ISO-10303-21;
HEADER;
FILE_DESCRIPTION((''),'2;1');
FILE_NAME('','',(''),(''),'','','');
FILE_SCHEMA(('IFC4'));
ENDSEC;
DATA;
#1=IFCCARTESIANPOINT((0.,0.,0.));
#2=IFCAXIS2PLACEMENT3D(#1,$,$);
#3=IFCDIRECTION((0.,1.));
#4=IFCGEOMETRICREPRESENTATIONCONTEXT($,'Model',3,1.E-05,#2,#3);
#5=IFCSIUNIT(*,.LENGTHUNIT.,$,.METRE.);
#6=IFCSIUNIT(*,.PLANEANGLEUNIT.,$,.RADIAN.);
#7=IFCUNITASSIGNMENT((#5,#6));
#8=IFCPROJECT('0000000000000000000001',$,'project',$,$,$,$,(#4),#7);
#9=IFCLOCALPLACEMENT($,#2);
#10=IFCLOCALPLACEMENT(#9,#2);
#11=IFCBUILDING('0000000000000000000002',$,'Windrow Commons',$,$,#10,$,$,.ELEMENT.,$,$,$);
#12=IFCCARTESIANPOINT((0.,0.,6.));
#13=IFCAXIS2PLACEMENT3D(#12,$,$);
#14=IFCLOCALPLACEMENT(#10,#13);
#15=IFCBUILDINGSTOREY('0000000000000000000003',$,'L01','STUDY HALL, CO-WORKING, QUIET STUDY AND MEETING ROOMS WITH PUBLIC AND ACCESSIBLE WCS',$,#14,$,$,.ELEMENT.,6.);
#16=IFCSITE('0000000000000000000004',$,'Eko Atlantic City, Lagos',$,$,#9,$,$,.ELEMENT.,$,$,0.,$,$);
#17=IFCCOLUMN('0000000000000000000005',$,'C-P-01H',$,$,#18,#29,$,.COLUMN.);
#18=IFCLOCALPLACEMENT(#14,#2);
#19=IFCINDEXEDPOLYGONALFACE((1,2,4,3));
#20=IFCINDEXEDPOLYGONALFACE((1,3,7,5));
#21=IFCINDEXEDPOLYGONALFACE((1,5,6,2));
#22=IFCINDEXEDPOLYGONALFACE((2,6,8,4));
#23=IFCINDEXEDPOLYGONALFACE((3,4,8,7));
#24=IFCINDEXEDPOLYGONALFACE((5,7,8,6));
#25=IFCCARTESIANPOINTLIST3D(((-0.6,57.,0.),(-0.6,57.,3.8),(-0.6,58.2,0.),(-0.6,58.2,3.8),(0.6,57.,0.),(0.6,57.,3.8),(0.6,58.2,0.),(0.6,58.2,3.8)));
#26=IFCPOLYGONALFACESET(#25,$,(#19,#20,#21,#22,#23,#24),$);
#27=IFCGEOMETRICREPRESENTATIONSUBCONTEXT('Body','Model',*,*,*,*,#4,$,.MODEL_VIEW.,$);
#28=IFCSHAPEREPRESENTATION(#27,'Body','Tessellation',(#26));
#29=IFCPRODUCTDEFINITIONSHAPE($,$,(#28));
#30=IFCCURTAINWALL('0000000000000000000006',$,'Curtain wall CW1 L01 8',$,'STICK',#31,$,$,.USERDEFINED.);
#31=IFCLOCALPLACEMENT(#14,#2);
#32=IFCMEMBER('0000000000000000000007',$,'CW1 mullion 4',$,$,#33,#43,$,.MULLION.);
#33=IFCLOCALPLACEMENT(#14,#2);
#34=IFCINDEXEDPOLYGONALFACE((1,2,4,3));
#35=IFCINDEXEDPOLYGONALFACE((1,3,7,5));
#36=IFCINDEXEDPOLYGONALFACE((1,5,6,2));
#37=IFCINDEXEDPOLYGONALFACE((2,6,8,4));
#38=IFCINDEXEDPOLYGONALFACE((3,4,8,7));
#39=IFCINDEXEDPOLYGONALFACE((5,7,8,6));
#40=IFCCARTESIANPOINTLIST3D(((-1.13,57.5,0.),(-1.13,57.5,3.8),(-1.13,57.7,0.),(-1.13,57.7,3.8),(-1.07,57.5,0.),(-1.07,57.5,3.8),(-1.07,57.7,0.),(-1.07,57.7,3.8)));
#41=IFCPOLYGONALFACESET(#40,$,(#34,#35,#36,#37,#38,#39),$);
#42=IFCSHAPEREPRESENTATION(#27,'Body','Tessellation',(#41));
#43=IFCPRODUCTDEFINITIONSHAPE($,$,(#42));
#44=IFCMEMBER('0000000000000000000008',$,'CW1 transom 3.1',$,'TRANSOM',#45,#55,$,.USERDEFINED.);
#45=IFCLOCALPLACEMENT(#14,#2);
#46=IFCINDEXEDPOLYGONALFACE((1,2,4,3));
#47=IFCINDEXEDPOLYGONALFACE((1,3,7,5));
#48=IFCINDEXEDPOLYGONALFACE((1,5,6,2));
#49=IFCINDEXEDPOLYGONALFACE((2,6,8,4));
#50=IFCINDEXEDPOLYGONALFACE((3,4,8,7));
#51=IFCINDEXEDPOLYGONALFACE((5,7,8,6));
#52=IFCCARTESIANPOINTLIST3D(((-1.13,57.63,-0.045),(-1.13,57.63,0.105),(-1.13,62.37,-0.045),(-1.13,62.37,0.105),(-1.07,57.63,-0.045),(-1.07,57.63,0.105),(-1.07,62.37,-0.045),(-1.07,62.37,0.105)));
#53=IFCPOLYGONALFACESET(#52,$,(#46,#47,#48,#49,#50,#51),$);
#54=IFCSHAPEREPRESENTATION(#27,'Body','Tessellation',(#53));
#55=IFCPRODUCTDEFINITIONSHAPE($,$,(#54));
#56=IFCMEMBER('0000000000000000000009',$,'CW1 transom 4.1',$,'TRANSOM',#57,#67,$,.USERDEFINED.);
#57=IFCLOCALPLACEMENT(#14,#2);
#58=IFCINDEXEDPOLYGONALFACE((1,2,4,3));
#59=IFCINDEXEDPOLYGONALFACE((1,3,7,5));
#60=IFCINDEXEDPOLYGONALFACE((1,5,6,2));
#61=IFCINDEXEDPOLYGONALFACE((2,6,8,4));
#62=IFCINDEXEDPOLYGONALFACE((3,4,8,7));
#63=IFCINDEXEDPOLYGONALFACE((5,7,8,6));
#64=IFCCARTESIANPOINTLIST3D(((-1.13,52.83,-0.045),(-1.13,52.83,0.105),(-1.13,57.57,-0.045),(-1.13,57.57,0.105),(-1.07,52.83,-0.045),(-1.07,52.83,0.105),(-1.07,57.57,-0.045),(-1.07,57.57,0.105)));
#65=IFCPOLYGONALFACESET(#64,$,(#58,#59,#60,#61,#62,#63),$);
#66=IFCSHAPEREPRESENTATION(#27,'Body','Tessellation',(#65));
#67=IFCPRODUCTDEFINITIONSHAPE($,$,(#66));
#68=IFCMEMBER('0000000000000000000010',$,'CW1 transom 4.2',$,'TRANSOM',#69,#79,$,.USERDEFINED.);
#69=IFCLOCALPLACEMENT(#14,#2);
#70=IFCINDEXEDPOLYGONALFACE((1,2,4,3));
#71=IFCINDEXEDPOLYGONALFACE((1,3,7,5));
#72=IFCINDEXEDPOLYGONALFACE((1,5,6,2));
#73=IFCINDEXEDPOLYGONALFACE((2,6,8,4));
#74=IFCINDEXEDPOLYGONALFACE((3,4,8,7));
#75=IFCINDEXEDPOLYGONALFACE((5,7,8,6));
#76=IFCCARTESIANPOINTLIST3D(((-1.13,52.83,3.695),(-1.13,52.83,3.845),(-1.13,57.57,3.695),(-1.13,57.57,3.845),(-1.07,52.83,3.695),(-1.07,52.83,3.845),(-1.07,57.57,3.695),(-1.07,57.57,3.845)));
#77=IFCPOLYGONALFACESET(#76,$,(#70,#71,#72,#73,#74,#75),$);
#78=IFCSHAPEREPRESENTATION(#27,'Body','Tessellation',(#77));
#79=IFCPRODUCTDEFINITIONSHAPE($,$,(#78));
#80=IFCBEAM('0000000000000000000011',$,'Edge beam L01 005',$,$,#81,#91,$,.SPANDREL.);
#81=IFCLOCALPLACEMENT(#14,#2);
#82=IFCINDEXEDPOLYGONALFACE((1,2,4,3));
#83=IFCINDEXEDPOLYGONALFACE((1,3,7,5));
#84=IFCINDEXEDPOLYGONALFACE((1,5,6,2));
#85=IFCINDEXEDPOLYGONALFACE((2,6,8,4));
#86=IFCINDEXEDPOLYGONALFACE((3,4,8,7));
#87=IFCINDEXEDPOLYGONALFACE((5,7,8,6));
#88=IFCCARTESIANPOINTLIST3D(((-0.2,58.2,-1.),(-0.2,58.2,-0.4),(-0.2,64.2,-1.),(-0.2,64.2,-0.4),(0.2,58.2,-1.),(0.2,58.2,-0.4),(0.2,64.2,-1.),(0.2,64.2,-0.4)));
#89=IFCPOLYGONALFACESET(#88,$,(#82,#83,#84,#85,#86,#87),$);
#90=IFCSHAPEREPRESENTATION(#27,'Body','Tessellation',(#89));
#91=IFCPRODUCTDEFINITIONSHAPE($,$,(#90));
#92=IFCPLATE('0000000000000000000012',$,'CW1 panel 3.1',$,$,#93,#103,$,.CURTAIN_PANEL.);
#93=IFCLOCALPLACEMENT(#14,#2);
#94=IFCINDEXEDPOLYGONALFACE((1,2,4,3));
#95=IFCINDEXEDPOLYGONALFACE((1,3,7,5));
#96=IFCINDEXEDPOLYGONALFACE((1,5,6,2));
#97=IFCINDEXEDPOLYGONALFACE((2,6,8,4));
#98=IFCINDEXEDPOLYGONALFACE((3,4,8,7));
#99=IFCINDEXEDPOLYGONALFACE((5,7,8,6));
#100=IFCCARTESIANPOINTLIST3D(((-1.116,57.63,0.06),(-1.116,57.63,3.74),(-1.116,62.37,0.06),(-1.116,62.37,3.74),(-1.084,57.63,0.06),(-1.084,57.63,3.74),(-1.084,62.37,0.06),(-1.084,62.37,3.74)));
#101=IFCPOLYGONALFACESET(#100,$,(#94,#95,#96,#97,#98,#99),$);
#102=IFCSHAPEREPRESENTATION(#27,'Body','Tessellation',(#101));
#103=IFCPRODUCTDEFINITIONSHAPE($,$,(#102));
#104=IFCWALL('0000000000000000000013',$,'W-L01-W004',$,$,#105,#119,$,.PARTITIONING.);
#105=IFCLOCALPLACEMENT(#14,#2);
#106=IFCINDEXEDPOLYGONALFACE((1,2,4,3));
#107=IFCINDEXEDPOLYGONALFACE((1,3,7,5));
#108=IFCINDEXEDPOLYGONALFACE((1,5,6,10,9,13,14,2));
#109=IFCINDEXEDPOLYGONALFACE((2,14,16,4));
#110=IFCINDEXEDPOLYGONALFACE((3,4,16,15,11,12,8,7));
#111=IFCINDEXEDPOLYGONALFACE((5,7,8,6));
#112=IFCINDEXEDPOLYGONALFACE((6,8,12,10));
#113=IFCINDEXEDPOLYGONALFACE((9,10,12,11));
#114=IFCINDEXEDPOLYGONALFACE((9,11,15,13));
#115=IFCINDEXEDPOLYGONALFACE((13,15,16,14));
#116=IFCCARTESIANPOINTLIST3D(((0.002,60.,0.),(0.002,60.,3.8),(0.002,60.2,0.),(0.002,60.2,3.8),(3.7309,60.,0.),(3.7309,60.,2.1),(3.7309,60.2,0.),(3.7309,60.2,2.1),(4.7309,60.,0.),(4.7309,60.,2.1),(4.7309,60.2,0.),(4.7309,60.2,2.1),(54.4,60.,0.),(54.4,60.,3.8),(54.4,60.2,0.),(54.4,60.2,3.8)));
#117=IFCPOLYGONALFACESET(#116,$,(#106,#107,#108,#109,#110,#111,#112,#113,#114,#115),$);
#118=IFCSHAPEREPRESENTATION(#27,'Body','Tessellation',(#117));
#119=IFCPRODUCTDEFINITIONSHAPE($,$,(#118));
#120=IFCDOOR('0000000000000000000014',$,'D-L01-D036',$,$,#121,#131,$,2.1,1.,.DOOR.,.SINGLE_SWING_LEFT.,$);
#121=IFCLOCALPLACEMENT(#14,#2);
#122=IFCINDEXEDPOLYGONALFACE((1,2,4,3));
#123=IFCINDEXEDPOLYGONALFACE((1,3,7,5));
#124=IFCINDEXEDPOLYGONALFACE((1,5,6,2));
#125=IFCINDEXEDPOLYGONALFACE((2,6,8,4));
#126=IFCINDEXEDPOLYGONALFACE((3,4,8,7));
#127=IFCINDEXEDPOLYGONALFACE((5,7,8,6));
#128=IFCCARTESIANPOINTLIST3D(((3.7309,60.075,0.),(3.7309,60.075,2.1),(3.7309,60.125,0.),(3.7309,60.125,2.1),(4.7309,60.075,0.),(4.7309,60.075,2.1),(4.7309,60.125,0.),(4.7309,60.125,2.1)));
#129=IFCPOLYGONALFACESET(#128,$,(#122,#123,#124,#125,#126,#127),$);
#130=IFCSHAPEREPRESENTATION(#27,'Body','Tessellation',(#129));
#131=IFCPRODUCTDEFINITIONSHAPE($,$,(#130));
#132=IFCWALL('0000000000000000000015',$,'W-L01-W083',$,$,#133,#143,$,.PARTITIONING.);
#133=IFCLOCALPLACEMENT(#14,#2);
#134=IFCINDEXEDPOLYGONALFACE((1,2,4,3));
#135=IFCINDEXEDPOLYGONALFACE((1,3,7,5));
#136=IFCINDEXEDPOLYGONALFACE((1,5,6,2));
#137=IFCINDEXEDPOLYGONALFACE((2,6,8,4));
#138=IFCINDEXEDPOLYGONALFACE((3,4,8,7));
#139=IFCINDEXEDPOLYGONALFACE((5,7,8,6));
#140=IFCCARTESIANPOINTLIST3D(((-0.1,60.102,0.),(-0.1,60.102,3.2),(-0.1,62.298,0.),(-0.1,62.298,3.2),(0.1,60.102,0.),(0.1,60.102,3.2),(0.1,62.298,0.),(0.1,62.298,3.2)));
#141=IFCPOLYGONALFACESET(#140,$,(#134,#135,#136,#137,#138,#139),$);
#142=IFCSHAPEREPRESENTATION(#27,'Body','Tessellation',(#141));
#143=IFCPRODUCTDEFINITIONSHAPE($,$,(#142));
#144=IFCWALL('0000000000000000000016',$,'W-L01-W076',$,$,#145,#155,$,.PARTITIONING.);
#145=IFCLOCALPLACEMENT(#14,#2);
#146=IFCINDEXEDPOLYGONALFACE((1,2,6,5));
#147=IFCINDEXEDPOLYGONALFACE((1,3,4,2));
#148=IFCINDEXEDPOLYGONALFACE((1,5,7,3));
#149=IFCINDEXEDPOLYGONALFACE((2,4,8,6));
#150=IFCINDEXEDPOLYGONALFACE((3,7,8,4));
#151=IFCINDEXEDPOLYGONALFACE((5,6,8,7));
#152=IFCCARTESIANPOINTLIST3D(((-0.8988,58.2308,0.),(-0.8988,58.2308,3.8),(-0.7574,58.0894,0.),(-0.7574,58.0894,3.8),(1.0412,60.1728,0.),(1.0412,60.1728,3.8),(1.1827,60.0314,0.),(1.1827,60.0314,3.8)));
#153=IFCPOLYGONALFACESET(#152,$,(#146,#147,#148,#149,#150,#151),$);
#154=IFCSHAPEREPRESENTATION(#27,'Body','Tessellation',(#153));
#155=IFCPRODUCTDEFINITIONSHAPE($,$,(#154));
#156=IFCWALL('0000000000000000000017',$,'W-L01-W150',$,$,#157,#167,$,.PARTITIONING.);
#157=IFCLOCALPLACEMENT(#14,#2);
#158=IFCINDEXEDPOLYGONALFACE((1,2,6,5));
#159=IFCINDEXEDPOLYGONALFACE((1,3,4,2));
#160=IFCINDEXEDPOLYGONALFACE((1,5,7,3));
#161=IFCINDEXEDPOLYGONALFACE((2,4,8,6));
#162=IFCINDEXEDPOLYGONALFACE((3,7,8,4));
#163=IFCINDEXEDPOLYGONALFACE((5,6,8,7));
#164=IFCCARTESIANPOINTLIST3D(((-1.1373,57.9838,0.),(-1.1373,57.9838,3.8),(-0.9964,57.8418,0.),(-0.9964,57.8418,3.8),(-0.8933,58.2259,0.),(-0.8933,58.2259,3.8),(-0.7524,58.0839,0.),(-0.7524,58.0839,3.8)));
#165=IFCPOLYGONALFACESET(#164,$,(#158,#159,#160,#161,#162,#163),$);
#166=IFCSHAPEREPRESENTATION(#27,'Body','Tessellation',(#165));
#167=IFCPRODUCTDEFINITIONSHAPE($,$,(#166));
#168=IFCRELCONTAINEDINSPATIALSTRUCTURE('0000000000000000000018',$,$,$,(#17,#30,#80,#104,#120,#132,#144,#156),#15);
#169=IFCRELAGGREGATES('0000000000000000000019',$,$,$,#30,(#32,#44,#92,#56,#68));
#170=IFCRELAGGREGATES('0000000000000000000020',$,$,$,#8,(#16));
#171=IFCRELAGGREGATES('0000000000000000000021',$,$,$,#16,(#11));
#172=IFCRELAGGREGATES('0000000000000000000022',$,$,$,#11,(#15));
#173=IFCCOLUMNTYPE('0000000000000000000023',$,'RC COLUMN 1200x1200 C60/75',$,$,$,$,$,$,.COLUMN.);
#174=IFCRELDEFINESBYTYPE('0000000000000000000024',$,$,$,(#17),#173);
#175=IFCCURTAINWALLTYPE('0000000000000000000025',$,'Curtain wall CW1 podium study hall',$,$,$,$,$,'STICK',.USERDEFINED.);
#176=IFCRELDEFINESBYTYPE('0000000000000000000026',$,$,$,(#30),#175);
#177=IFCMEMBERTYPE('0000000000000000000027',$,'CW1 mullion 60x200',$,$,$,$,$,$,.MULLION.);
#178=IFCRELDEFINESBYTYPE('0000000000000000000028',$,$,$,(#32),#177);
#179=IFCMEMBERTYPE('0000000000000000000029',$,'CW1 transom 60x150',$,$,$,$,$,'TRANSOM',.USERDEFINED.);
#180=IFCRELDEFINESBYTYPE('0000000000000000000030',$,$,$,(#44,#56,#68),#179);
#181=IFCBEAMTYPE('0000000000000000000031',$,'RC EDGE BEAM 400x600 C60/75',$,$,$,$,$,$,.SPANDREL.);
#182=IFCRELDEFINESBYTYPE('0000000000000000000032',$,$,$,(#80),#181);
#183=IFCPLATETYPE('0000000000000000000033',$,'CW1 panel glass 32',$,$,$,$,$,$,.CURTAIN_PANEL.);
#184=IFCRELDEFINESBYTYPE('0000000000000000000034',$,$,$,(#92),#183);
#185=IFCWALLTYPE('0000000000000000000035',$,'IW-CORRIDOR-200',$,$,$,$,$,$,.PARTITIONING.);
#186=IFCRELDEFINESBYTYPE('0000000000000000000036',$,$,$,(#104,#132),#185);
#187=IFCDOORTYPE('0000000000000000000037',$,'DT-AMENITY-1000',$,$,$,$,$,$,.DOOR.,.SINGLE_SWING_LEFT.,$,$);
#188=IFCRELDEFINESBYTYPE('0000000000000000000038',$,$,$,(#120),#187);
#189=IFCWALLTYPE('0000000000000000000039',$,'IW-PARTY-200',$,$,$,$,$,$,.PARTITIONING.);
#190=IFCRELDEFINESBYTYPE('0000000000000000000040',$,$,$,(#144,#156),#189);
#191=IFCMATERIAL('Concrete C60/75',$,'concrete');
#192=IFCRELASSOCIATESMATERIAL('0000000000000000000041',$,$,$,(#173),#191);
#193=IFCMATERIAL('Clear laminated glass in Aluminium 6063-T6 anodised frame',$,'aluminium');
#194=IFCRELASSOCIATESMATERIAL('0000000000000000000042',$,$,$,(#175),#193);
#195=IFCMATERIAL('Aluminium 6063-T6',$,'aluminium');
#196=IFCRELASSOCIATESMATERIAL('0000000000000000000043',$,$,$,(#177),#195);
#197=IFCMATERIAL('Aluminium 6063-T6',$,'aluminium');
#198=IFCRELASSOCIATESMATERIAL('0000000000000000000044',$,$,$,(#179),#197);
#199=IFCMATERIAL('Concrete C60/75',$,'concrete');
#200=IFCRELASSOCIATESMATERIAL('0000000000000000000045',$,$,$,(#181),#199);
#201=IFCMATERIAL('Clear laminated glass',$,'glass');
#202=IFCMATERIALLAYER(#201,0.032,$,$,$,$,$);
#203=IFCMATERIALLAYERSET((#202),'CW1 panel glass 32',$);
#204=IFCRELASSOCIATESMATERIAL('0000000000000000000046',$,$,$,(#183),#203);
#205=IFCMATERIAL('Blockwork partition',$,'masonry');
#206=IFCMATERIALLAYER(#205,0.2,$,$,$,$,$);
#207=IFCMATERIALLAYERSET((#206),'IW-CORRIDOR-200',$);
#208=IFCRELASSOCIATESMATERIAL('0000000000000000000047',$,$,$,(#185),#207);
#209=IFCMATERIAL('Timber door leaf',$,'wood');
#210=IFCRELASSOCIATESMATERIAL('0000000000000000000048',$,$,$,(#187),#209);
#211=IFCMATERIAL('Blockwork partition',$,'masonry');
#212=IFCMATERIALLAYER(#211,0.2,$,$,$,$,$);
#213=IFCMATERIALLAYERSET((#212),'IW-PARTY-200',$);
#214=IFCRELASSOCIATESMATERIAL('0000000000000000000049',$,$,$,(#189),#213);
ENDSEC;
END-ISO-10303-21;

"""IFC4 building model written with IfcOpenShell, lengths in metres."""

from ifc_helpers import new_model, si_unit, direction, frame, frame_2d, origin, origin_2d, place, context, subcontext, project, spatial, rectangle, extrude, material, layer, layer_set, material_profile, profile_set, type_object, element, fill, aggregate, save


model = new_model("IFC4")

# Units and contexts
model_context = context("Model", 3, precision=1e-05, world=origin(), true_north=direction((0.0, 1.0)))
body_context = subcontext(model_context, "Body", "Model", "MODEL_VIEW")
ifc_project = project(units=[si_unit("LENGTHUNIT", "METRE"), si_unit("PLANEANGLEUNIT", "RADIAN")], contexts=[model_context])

# Site, building, storey
site_placement = place(None, origin())
site = spatial("IfcSite", under=ifc_project, at=site_placement, Name="Eko Atlantic City, Lagos", CompositionType="ELEMENT", RefElevation=0.0)
building_placement = place(site_placement, origin())
building = spatial("IfcBuilding", under=site, at=building_placement, Name="Windrow Commons", CompositionType="ELEMENT")
storey_placement = place(building_placement, frame((0.0, 0.0, 6.0)))
storey = spatial("IfcBuildingStorey", under=building, at=storey_placement, Name="L01", Description="STUDY HALL, CO-WORKING, QUIET STUDY AND MEETING ROOMS WITH PUBLIC AND ACCESSIBLE WCS", CompositionType="ELEMENT", Elevation=6.0)

# Column
ifc_material_1 = material(Name="Concrete C60/75", Category="concrete")
ifc_material_profile_1 = material_profile(ifc_material_1, rectangle(XDim=1.2, YDim=1.2, at=origin_2d()))
ifc_profile_set_1 = profile_set([ifc_material_profile_1], Name="Concrete C60/75")
column_type = type_object("IfcColumnType", Name="RC COLUMN 1200x1200 C60/75", PredefinedType="COLUMN", material=ifc_profile_set_1)
column_placement = place(storey_placement, frame((0.0, 57.6, 0.0), z_axis=(0.0, 0.0, 1.0), x_axis=(1.0, 0.0, 0.0)))
element("IfcColumn", 1, at=column_placement, inside=storey, type_object=column_type, Name="C-P-01H", PredefinedType="COLUMN", context=body_context, shape_type="SweptSolid", body=[
    extrude(rectangle(XDim=1.2, YDim=1.2, at=origin_2d()), origin(), (0.0, 0.0, 1.0), 3.8),
])

# Curtain wall, members
ifc_material_2 = material(Name="Clear laminated glass in Aluminium 6063-T6 anodised frame", Category="aluminium")
curtain_wall_type = type_object("IfcCurtainWallType", Name="Curtain wall CW1 podium study hall", ElementType="STICK", PredefinedType="USERDEFINED", material=ifc_material_2)
curtain_wall_placement = place(storey_placement, origin())
curtain_wall = element("IfcCurtainWall", 2, at=curtain_wall_placement, inside=storey, type_object=curtain_wall_type, Name="Curtain wall CW1 L01 8", ObjectType="STICK", PredefinedType="USERDEFINED")
ifc_material_3 = material(Name="Aluminium 6063-T6", Category="aluminium")
ifc_material_profile_2 = material_profile(ifc_material_3, rectangle(XDim=0.06, YDim=0.2, at=origin_2d()))
ifc_profile_set_2 = profile_set([ifc_material_profile_2], Name="Aluminium 6063-T6")
member_type_1 = type_object("IfcMemberType", Name="CW1 mullion 60x200", PredefinedType="MULLION", material=ifc_profile_set_2)
member_1_placement = place(storey_placement, frame((-1.1, 57.6, 0.0), z_axis=(0.0, 0.0, 1.0), x_axis=(1.0, 0.0, 0.0)))
member_1 = element("IfcMember", 3, at=member_1_placement, type_object=member_type_1, Name="CW1 mullion 4", PredefinedType="MULLION", context=body_context, shape_type="SweptSolid", body=[
    extrude(rectangle(XDim=0.06, YDim=0.2, at=origin_2d()), origin(), (0.0, 0.0, 1.0), 3.8),
])
ifc_material_4 = material(Name="Aluminium 6063-T6", Category="aluminium")
ifc_material_profile_3 = material_profile(ifc_material_4, rectangle(XDim=0.06, YDim=0.15, at=origin_2d()))
ifc_profile_set_3 = profile_set([ifc_material_profile_3], Name="Aluminium 6063-T6")
member_type_2 = type_object("IfcMemberType", Name="CW1 transom 60x150", ElementType="TRANSOM", PredefinedType="USERDEFINED", material=ifc_profile_set_3)
member_2_placement = place(storey_placement, frame((-1.1, 62.37, 0.03), z_axis=(0.0, -1.0, 0.0), x_axis=(1.0, 0.0, 0.0)))
member_2 = element("IfcMember", 4, at=member_2_placement, type_object=member_type_2, Name="CW1 transom 3.1", ObjectType="TRANSOM", PredefinedType="USERDEFINED", context=body_context, shape_type="SweptSolid", body=[
    extrude(rectangle(XDim=0.06, YDim=0.15, at=origin_2d()), origin(), (0.0, 0.0, 1.0), 4.74),
])
member_3_placement = place(storey_placement, frame((-1.1, 57.57, 0.03), z_axis=(0.0, -1.0, 0.0), x_axis=(1.0, 0.0, 0.0)))
member_3 = element("IfcMember", 5, at=member_3_placement, type_object=member_type_2, Name="CW1 transom 4.1", ObjectType="TRANSOM", PredefinedType="USERDEFINED", context=body_context, shape_type="SweptSolid", body=[
    extrude(rectangle(XDim=0.06, YDim=0.15, at=origin_2d()), origin(), (0.0, 0.0, 1.0), 4.74),
])
member_4_placement = place(storey_placement, frame((-1.1, 57.57, 3.77), z_axis=(0.0, -1.0, 0.0), x_axis=(1.0, 0.0, 0.0)))
member_4 = element("IfcMember", 6, at=member_4_placement, type_object=member_type_2, Name="CW1 transom 4.2", ObjectType="TRANSOM", PredefinedType="USERDEFINED", context=body_context, shape_type="SweptSolid", body=[
    extrude(rectangle(XDim=0.06, YDim=0.15, at=origin_2d()), origin(), (0.0, 0.0, 1.0), 4.74),
])

# Beam
ifc_material_5 = material(Name="Concrete C60/75", Category="concrete")
ifc_material_profile_4 = material_profile(ifc_material_5, rectangle(XDim=0.4, YDim=0.6, at=origin_2d()))
ifc_profile_set_4 = profile_set([ifc_material_profile_4], Name="Concrete C60/75")
beam_type = type_object("IfcBeamType", Name="RC EDGE BEAM 400x600 C60/75", PredefinedType="SPANDREL", material=ifc_profile_set_4)
beam_placement = place(storey_placement, frame((0.0, 58.2, -0.7), z_axis=(0.0, 1.0, 0.0), x_axis=(-1.0, 0.0, 0.0)))
element("IfcBeam", 7, at=beam_placement, inside=storey, type_object=beam_type, Name="Edge beam L01 005", PredefinedType="SPANDREL", context=body_context, shape_type="SweptSolid", body=[
    extrude(rectangle(XDim=0.4, YDim=0.6, at=origin_2d()), origin(), (0.0, 0.0, 1.0), 6.0),
])

# Plate
ifc_material_6 = material(Name="Clear laminated glass", Category="glass")
ifc_layer_1 = layer(ifc_material_6, 0.032)
ifc_layer_set_1 = layer_set([ifc_layer_1], Name="CW1 panel glass 32")
plate_type = type_object("IfcPlateType", Name="CW1 panel glass 32", PredefinedType="CURTAIN_PANEL", material=ifc_layer_set_1)
plate_placement = place(storey_placement, frame((-1.1, 60.0, 0.06), z_axis=(0.0, 0.0, 1.0), x_axis=(0.0, -1.0, 0.0)))
plate = element("IfcPlate", 8, at=plate_placement, type_object=plate_type, Name="CW1 panel 3.1", PredefinedType="CURTAIN_PANEL", context=body_context, shape_type="SweptSolid", body=[
    extrude(rectangle(XDim=4.74, YDim=0.032, at=origin_2d()), origin(), (0.0, 0.0, 1.0), 3.68),
])
aggregate(curtain_wall, [member_1, member_2, plate, member_3, member_4])

# Wall, opening, door
ifc_material_7 = material(Name="Blockwork partition", Category="masonry")
ifc_layer_2 = layer(ifc_material_7, 0.2)
ifc_layer_set_2 = layer_set([ifc_layer_2], Name="IW-CORRIDOR-200")
wall_type_1 = type_object("IfcWallType", Name="IW-CORRIDOR-200", PredefinedType="PARTITIONING", material=ifc_layer_set_2)
wall_1_placement = place(storey_placement, frame((0.002, 60.1, 0.0), z_axis=(0.0, 0.0, 1.0), x_axis=(1.0, 0.0, 0.0)))
wall_1 = element("IfcWall", 9, at=wall_1_placement, inside=storey, type_object=wall_type_1, Name="W-L01-W004", PredefinedType="PARTITIONING", context=body_context, shape_type="SweptSolid", body=[
    extrude(rectangle(XDim=54.398, YDim=0.2, at=frame_2d((27.199, 0.0))), origin(), (0.0, 0.0, 1.0), 3.8),
])
opening_1_placement = place(wall_1_placement, frame((3.7289, 0.0, 0.0)))
opening_1 = element("IfcOpeningElement", 10, at=opening_1_placement, cuts=wall_1, PredefinedType="OPENING", context=body_context, shape_type="SweptSolid", body=[
    extrude(rectangle(XDim=1.0, YDim=2.1, at=frame_2d((0.5, 1.05))), frame((0.0, 0.11, 0.0), z_axis=(0.0, -1.0, 0.0), x_axis=(1.0, 0.0, 0.0)), (0.0, 0.0, 1.0), 0.22),
])
ifc_material_8 = material(Name="Timber door leaf", Category="wood")
door_type = type_object("IfcDoorType", Name="DT-AMENITY-1000", OperationType="SINGLE_SWING_LEFT", PredefinedType="DOOR", material=ifc_material_8)
door_1_placement = place(opening_1_placement, origin())
door_1 = element("IfcDoor", 11, at=door_1_placement, inside=storey, type_object=door_type, Name="D-L01-D036", OperationType="SINGLE_SWING_LEFT", OverallHeight=2.1, OverallWidth=1.0, PredefinedType="DOOR", context=body_context, shape_type="SweptSolid", body=[
    extrude(rectangle(XDim=1.0, YDim=2.1, at=frame_2d((0.5, 1.05))), frame((0.0, 0.025, 0.0), z_axis=(0.0, -1.0, 0.0), x_axis=(1.0, 0.0, 0.0)), (0.0, 0.0, 1.0), 0.05),
])
fill(opening_1, door_1)

# Walls
wall_2_placement = place(storey_placement, frame((0.0, 60.102, 0.0), z_axis=(0.0, 0.0, 1.0), x_axis=(0.0, 1.0, 0.0)))
element("IfcWall", 12, at=wall_2_placement, inside=storey, type_object=wall_type_1, Name="W-L01-W083", PredefinedType="PARTITIONING", context=body_context, shape_type="SweptSolid", body=[
    extrude(rectangle(XDim=2.196, YDim=0.2, at=frame_2d((1.098, 0.0))), origin(), (0.0, 0.0, 1.0), 3.2),
])
ifc_material_9 = material(Name="Blockwork partition", Category="masonry")
ifc_layer_3 = layer(ifc_material_9, 0.2)
ifc_layer_set_3 = layer_set([ifc_layer_3], Name="IW-PARTY-200")
wall_type_2 = type_object("IfcWallType", Name="IW-PARTY-200", PredefinedType="PARTITIONING", material=ifc_layer_set_3)
wall_3_placement = place(storey_placement, frame((-0.8281, 58.1601, 0.0), z_axis=(0.0, 0.0, 1.0), x_axis=(0.706742, 0.707471, 0.0)))
element("IfcWall", 13, at=wall_3_placement, inside=storey, type_object=wall_type_2, Name="W-L01-W076", PredefinedType="PARTITIONING", context=body_context, shape_type="SweptSolid", body=[
    extrude(rectangle(XDim=2.745, YDim=0.2, at=frame_2d((1.3725, 0.0))), origin(), (0.0, 0.0, 1.0), 3.8),
])
wall_4_placement = place(storey_placement, frame((-1.0669, 57.9128, 0.0), z_axis=(0.0, 0.0, 1.0), x_axis=(0.710011, 0.704191, 0.0)))
element("IfcWall", 14, at=wall_4_placement, inside=storey, type_object=wall_type_2, Name="W-L01-W150", PredefinedType="PARTITIONING", context=body_context, shape_type="SweptSolid", body=[
    extrude(rectangle(XDim=0.3437, YDim=0.2, at=frame_2d((0.1719, 0.0))), origin(), (0.0, 0.0, 1.0), 3.8),
])

save(model, "model.ifc")
